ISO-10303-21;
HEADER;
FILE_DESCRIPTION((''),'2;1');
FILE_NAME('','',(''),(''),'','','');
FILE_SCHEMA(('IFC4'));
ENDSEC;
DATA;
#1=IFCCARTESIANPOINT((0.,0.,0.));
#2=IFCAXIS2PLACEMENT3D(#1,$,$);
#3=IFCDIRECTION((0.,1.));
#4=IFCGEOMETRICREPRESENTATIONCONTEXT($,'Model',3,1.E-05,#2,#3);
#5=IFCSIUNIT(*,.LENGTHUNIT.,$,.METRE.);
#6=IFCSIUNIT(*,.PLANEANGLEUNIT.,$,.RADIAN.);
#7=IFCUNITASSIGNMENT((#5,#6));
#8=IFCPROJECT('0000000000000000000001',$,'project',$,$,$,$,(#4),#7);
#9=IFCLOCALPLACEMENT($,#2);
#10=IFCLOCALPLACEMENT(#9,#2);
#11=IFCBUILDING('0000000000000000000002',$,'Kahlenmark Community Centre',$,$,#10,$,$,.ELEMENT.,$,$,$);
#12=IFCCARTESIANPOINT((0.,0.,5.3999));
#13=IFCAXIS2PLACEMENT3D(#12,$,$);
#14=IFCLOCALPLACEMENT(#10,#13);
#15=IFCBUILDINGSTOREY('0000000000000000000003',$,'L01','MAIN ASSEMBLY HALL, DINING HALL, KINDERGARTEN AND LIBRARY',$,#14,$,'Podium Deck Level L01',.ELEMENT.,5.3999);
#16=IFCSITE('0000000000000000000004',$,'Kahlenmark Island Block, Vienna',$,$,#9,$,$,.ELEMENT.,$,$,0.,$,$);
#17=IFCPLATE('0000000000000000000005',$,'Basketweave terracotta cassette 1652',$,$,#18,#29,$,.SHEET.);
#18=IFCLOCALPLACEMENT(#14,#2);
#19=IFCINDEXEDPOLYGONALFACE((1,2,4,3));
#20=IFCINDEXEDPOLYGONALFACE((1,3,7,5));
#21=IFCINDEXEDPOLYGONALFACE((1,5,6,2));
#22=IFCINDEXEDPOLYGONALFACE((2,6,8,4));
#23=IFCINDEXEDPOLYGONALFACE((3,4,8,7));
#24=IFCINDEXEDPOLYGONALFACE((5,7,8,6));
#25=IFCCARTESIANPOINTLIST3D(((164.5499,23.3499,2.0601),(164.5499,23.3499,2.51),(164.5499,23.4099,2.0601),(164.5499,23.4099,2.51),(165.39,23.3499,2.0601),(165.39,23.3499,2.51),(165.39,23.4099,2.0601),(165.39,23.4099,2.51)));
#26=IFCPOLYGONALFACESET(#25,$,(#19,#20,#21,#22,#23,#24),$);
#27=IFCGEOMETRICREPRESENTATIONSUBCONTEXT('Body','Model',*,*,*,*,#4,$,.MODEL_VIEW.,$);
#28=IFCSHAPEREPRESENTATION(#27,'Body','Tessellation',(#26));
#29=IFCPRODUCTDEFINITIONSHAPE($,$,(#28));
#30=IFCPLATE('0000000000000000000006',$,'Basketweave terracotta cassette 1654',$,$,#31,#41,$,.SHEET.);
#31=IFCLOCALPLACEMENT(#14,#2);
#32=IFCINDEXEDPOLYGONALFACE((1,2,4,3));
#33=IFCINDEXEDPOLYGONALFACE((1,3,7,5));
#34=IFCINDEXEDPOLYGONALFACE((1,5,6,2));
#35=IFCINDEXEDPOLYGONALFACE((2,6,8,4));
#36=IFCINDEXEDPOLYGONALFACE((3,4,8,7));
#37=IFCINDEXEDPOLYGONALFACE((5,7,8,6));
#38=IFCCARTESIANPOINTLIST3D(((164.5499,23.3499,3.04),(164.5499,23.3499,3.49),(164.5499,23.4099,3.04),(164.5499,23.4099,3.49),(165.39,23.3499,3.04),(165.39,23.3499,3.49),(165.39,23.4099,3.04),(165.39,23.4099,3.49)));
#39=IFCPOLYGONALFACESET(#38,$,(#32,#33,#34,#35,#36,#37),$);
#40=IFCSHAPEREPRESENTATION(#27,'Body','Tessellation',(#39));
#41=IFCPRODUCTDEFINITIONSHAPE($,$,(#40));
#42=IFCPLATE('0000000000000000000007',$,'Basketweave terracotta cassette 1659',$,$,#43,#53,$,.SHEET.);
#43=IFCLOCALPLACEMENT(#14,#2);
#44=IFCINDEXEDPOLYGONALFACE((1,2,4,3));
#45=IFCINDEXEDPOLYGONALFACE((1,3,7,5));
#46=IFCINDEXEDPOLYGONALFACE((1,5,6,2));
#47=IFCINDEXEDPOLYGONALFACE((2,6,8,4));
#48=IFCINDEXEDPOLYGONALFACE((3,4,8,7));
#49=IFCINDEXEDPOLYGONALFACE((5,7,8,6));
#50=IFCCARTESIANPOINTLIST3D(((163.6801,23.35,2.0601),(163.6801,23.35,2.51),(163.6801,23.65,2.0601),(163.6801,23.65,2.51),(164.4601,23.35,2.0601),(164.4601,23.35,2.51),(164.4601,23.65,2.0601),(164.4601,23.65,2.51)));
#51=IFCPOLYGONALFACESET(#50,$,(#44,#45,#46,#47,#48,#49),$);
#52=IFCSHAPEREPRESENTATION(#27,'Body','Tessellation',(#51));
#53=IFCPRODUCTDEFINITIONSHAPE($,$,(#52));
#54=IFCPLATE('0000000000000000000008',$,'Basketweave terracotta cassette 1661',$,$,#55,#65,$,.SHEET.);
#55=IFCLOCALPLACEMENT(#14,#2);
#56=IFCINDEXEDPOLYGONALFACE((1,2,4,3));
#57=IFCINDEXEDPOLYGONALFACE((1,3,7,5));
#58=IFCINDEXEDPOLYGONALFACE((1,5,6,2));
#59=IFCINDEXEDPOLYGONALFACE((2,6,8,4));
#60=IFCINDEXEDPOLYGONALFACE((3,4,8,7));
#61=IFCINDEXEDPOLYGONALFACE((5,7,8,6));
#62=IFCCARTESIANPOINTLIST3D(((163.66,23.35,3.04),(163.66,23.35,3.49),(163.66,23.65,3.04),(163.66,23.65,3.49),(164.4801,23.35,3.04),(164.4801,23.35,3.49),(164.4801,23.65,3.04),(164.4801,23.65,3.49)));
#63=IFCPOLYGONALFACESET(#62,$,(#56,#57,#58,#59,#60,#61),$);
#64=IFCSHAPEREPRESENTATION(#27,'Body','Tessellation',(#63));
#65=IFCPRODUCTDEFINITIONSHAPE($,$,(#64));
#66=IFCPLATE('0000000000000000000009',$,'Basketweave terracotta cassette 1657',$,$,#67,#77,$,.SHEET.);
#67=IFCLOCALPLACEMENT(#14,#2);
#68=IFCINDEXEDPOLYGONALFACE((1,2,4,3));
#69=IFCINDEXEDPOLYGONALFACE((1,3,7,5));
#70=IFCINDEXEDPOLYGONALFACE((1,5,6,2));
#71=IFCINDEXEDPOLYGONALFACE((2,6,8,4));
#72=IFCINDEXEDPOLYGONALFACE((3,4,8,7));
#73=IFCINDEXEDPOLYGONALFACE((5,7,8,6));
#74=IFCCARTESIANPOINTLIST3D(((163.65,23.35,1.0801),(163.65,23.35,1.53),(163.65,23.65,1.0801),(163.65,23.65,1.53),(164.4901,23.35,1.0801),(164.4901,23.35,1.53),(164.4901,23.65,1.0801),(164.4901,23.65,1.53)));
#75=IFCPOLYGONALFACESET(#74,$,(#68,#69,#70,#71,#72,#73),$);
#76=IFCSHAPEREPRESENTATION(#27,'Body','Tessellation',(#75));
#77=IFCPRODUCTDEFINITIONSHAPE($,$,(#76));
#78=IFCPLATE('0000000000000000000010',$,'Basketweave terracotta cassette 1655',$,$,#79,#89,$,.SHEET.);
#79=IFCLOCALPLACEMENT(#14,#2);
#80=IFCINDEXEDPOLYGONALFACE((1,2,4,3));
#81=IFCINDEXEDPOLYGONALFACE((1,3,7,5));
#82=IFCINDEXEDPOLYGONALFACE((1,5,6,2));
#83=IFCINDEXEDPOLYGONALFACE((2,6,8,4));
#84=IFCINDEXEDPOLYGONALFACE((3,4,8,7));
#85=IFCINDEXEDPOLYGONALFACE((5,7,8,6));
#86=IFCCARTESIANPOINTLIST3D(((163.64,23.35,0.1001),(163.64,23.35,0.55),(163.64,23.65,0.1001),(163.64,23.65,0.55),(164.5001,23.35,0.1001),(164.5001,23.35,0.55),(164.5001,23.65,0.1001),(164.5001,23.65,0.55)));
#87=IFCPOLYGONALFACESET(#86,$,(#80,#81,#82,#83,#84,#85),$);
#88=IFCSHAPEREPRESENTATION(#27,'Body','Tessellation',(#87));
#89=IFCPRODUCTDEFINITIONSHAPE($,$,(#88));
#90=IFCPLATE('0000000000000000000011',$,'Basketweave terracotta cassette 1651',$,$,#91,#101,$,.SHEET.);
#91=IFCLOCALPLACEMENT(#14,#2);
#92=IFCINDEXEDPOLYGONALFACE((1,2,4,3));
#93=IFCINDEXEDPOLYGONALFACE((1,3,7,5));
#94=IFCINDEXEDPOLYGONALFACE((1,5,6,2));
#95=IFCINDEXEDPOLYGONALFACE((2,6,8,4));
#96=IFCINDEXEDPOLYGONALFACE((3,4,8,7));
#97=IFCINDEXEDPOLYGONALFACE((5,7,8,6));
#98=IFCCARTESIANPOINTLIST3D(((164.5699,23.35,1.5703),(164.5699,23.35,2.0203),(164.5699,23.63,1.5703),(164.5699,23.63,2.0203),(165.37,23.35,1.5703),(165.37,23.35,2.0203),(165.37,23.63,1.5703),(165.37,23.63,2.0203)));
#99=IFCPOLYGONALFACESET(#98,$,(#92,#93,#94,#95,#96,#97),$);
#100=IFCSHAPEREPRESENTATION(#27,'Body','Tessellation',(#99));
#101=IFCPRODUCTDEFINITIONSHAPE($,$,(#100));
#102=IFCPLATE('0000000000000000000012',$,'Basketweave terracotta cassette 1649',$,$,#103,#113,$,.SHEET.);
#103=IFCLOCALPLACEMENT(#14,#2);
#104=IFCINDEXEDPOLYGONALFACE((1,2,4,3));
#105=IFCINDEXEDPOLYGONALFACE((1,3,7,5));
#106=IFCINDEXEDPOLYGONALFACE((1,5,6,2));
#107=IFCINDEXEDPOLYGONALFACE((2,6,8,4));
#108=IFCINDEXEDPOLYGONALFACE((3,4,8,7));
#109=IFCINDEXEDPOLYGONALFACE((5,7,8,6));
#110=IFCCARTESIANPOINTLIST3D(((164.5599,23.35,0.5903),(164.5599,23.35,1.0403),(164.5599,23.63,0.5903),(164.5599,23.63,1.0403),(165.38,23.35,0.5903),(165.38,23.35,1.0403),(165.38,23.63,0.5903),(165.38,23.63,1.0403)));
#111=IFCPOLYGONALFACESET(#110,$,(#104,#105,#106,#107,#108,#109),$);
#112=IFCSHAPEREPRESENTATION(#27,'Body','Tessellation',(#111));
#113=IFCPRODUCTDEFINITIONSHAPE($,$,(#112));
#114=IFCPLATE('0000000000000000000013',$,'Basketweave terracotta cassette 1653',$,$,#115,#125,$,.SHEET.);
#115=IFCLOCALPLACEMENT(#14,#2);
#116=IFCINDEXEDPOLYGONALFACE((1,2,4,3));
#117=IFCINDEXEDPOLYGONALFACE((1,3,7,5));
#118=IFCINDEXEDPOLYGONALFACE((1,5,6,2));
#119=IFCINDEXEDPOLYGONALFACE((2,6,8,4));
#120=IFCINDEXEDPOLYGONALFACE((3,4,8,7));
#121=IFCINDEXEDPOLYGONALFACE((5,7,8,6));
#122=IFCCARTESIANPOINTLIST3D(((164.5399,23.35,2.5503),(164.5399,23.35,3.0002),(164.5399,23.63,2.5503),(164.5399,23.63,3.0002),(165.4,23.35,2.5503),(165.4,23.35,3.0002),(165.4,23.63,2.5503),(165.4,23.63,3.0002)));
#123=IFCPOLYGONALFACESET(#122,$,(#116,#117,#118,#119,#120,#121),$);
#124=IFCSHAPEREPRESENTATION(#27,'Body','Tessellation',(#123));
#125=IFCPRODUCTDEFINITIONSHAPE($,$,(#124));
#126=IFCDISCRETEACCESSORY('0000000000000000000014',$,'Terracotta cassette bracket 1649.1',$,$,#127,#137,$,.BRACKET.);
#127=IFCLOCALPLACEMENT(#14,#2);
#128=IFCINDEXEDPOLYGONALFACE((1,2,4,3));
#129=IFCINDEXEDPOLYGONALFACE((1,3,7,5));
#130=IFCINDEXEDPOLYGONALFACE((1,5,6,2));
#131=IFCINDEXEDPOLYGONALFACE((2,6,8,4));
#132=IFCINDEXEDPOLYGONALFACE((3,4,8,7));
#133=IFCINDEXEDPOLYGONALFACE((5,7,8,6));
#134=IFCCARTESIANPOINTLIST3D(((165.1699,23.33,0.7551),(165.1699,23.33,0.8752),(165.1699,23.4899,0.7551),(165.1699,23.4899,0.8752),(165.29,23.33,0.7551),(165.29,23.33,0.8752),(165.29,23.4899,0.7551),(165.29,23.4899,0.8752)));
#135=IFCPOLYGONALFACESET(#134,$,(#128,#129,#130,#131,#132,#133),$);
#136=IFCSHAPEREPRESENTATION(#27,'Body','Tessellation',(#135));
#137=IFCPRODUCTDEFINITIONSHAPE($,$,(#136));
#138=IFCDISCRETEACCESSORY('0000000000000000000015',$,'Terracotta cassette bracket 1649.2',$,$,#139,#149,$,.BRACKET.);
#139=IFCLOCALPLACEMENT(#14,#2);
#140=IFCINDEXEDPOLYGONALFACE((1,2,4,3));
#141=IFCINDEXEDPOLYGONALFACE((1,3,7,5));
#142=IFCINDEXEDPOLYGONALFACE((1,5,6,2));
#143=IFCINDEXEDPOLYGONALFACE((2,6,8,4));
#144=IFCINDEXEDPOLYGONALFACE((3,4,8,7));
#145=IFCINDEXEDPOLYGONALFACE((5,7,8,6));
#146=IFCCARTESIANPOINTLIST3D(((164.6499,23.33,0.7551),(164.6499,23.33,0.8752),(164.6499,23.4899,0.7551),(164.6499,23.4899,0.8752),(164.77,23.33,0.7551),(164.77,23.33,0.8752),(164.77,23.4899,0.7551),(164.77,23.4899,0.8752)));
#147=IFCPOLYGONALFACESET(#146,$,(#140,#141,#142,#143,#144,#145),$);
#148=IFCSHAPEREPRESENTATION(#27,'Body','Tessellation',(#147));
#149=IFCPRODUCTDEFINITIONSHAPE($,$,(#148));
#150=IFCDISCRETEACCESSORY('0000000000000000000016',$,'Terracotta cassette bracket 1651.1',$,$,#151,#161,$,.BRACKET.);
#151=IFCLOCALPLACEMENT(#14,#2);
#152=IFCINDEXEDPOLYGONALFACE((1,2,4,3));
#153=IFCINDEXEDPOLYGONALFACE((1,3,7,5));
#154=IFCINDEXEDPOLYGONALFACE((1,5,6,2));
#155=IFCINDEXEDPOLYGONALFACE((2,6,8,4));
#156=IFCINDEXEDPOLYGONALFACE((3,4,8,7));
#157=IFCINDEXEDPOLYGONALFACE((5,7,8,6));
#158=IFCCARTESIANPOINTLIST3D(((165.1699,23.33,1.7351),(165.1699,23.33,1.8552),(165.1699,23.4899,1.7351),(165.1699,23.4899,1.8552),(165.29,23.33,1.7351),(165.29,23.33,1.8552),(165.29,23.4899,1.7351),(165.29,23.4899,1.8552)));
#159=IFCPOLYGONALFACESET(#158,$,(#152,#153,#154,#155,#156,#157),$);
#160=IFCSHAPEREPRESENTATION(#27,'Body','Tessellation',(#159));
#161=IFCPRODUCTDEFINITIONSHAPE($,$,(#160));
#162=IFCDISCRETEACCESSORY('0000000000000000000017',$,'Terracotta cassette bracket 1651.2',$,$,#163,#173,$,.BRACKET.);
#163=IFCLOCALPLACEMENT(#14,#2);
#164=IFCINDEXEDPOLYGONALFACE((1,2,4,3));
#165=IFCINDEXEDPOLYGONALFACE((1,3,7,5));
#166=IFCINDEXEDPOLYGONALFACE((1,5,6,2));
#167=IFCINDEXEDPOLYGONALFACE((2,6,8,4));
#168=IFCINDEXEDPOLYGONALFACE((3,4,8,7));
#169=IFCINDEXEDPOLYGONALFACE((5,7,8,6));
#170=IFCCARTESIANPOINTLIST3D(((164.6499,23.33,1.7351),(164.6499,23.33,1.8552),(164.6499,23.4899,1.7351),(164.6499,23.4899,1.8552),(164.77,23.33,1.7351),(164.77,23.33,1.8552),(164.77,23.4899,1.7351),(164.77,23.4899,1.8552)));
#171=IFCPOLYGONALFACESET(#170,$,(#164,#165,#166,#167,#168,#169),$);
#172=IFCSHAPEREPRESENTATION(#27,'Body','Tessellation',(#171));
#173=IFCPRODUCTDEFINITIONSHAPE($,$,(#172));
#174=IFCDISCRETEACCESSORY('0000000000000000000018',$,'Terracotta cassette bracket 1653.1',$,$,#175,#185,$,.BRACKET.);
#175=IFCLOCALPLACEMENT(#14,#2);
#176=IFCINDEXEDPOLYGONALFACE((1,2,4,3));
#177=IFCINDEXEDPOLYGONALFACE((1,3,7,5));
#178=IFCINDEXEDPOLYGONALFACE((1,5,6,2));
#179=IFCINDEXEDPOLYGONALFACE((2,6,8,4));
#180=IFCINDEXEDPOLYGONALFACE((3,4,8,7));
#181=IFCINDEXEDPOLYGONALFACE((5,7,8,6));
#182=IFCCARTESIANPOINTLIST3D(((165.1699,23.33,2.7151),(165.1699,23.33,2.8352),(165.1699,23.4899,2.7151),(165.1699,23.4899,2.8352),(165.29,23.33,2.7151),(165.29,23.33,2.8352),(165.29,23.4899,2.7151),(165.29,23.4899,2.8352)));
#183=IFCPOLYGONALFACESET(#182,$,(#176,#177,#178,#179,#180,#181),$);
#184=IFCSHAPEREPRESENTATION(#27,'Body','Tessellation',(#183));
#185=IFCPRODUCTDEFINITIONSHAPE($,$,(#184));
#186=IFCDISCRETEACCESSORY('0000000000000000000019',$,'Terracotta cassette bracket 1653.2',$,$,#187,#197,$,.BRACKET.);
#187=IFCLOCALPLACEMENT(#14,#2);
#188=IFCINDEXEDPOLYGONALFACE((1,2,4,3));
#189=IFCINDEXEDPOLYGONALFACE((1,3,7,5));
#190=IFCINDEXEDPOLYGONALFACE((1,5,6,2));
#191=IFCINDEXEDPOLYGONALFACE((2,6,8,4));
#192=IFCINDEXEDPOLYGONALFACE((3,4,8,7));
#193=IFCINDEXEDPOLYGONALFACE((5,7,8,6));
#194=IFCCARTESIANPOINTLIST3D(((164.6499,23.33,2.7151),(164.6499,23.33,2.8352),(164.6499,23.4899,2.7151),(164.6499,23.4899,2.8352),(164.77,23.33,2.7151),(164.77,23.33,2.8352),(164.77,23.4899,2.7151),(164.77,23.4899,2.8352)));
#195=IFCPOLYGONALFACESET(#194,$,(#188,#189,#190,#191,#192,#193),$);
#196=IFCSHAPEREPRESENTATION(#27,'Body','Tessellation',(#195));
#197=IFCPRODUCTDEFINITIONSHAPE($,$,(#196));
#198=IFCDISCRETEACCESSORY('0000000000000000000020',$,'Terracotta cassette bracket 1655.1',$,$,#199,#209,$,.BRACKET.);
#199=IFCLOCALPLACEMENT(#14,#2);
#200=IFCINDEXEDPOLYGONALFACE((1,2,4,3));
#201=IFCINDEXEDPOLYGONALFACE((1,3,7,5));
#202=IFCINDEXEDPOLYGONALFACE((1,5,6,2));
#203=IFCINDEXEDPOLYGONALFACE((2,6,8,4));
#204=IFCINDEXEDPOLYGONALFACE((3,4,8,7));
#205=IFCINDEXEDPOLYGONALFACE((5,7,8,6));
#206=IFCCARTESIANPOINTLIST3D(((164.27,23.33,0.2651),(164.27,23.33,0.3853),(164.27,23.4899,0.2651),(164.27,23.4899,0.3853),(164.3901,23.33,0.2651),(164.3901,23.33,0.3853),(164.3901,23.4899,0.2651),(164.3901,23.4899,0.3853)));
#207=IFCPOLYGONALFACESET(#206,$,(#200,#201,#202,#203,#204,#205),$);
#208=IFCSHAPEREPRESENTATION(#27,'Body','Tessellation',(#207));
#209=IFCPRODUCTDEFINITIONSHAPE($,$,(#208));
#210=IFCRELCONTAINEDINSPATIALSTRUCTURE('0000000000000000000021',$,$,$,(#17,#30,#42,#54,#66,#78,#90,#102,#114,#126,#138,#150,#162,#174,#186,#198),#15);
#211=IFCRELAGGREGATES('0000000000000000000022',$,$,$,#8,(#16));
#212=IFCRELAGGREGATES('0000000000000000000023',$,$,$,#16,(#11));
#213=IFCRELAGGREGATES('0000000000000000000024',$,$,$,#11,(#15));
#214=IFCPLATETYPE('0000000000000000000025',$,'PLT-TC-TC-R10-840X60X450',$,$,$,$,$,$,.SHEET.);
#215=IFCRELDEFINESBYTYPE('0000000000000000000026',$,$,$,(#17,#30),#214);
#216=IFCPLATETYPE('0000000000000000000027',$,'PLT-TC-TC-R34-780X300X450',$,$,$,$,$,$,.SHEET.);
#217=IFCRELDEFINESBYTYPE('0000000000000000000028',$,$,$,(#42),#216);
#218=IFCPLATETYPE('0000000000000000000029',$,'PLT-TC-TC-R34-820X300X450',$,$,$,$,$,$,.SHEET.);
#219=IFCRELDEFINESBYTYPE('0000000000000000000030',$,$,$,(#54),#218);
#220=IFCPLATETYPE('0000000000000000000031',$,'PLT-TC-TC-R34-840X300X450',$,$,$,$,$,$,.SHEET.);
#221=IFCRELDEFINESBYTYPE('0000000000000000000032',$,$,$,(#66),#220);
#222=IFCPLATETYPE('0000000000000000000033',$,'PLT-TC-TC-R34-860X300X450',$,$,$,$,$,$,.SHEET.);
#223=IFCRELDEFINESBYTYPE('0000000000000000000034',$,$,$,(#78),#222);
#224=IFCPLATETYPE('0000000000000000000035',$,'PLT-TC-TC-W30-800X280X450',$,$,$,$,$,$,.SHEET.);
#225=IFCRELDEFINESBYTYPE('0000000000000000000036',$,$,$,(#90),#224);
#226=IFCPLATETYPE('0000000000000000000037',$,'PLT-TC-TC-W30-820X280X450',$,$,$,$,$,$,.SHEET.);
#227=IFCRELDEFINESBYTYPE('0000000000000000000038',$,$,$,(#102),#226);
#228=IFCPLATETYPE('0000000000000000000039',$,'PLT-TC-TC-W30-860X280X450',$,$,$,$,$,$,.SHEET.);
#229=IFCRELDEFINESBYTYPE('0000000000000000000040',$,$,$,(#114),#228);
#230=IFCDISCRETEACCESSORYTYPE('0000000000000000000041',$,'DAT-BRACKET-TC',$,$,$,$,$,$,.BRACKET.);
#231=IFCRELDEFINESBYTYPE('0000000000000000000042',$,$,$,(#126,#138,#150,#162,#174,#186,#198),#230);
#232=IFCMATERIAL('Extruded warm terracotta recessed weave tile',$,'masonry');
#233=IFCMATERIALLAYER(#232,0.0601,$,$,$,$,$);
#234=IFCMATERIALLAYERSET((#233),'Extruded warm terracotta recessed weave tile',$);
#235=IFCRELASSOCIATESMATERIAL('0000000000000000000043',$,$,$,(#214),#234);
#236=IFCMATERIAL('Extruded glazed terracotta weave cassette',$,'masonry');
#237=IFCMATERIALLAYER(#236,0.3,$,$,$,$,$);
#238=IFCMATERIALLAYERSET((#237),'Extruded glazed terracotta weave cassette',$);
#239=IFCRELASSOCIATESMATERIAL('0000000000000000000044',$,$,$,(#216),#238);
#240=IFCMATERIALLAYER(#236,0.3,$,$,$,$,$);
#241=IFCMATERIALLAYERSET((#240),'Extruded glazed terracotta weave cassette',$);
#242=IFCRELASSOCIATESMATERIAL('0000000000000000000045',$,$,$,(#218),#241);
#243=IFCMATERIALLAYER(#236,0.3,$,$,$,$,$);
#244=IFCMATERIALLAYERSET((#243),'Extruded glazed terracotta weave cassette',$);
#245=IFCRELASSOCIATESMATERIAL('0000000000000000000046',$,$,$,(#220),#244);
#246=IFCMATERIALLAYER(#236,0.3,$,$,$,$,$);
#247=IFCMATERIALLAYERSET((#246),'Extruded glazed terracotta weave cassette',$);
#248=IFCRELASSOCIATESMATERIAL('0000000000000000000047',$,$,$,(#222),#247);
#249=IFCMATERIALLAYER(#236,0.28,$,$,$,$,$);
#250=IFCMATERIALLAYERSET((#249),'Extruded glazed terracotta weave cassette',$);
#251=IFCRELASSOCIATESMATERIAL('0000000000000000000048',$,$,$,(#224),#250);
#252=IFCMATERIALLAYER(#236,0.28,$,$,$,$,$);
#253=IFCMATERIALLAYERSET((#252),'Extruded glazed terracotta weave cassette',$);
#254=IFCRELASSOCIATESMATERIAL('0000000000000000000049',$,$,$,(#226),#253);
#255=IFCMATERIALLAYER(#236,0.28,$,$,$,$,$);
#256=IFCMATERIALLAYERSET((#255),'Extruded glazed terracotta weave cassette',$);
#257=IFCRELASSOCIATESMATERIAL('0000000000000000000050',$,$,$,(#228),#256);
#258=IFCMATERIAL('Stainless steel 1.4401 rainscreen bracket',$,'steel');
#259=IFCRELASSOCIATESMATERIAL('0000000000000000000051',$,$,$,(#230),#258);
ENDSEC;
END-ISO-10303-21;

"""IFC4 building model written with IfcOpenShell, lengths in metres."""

from ifc_helpers import new_model, si_unit, direction, frame, origin, origin_2d, place, context, subcontext, project, spatial, rectangle, extrude, material, layer, layer_set, type_object, element, save


model = new_model("IFC4")

# Units and contexts
model_context = context("Model", 3, precision=1e-05, world=origin(), true_north=direction((0.0, 1.0)))
body_context = subcontext(model_context, "Body", "Model", "MODEL_VIEW")
ifc_project = project(units=[si_unit("LENGTHUNIT", "METRE"), si_unit("PLANEANGLEUNIT", "RADIAN")], contexts=[model_context])

# Site, building, storey
site_placement = place(None, origin())
site = spatial("IfcSite", under=ifc_project, at=site_placement, Name="Kahlenmark Island Block, Vienna", CompositionType="ELEMENT", RefElevation=0.0)
building_placement = place(site_placement, origin())
building = spatial("IfcBuilding", under=site, at=building_placement, Name="Kahlenmark Community Centre", CompositionType="ELEMENT")
storey_placement = place(building_placement, frame((0.0, 0.0, 5.3999)))
storey = spatial("IfcBuildingStorey", under=building, at=storey_placement, Name="L01", Description="MAIN ASSEMBLY HALL, DINING HALL, KINDERGARTEN AND LIBRARY", LongName="Podium Deck Level L01", CompositionType="ELEMENT", Elevation=5.3999)

# Plates
ifc_material_1 = material(Name="Extruded warm terracotta recessed weave tile", Category="masonry")
ifc_layer_1 = layer(ifc_material_1, 0.0601)
ifc_layer_set_1 = layer_set([ifc_layer_1], Name="Extruded warm terracotta recessed weave tile")
plate_type_1 = type_object("IfcPlateType", Name="PLT-TC-TC-R10-840X60X450", PredefinedType="SHEET", material=ifc_layer_set_1)
for number, where, z_axis, x_axis, name in (
    (1, (164.97, 23.3799, 2.0601), (0.0, 0.0, 1.0), (-1.0, 0.0, 0.0), "Basketweave terracotta cassette 1652"),
    (2, (164.97, 23.3799, 3.04), (0.0, 0.0, 1.0), (-1.0, 0.0, 0.0), "Basketweave terracotta cassette 1654"),
):
    element("IfcPlate", number, at=place(storey_placement, frame(where, z_axis=z_axis, x_axis=x_axis)), inside=storey, type_object=plate_type_1, Name=name, PredefinedType="SHEET", context=body_context, shape_type="SweptSolid", body=[
        extrude(rectangle(XDim=0.8401, YDim=0.0601, at=origin_2d()), origin(), (0.0, 0.0, 1.0), 0.45),
    ])
ifc_material_2 = material(Name="Extruded glazed terracotta weave cassette", Category="masonry")
ifc_layer_2 = layer(ifc_material_2, 0.3)
ifc_layer_set_2 = layer_set([ifc_layer_2], Name="Extruded glazed terracotta weave cassette")
plate_type_2 = type_object("IfcPlateType", Name="PLT-TC-TC-R34-780X300X450", PredefinedType="SHEET", material=ifc_layer_set_2)
plate_1_placement = place(storey_placement, frame((164.0701, 23.5, 2.0601), z_axis=(0.0, 0.0, 1.0), x_axis=(-1.0, 0.0, 0.0)))
element("IfcPlate", 3, at=plate_1_placement, inside=storey, type_object=plate_type_2, Name="Basketweave terracotta cassette 1659", PredefinedType="SHEET", context=body_context, shape_type="SweptSolid", body=[
    extrude(rectangle(XDim=0.78, YDim=0.3, at=origin_2d()), origin(), (0.0, 0.0, 1.0), 0.45),
])
ifc_layer_3 = layer(ifc_material_2, 0.3)
ifc_layer_set_3 = layer_set([ifc_layer_3], Name="Extruded glazed terracotta weave cassette")
plate_type_3 = type_object("IfcPlateType", Name="PLT-TC-TC-R34-820X300X450", PredefinedType="SHEET", material=ifc_layer_set_3)
plate_2_placement = place(storey_placement, frame((164.0701, 23.5, 3.04), z_axis=(0.0, 0.0, 1.0), x_axis=(-1.0, 0.0, 0.0)))
element("IfcPlate", 4, at=plate_2_placement, inside=storey, type_object=plate_type_3, Name="Basketweave terracotta cassette 1661", PredefinedType="SHEET", context=body_context, shape_type="SweptSolid", body=[
    extrude(rectangle(XDim=0.8201, YDim=0.3, at=origin_2d()), origin(), (0.0, 0.0, 1.0), 0.45),
])
ifc_layer_4 = layer(ifc_material_2, 0.3)
ifc_layer_set_4 = layer_set([ifc_layer_4], Name="Extruded glazed terracotta weave cassette")
plate_type_4 = type_object("IfcPlateType", Name="PLT-TC-TC-R34-840X300X450", PredefinedType="SHEET", material=ifc_layer_set_4)
plate_3_placement = place(storey_placement, frame((164.0701, 23.5, 1.0801), z_axis=(0.0, 0.0, 1.0), x_axis=(-1.0, 0.0, 0.0)))
element("IfcPlate", 5, at=plate_3_placement, inside=storey, type_object=plate_type_4, Name="Basketweave terracotta cassette 1657", PredefinedType="SHEET", context=body_context, shape_type="SweptSolid", body=[
    extrude(rectangle(XDim=0.8401, YDim=0.3, at=origin_2d()), origin(), (0.0, 0.0, 1.0), 0.45),
])
ifc_layer_5 = layer(ifc_material_2, 0.3)
ifc_layer_set_5 = layer_set([ifc_layer_5], Name="Extruded glazed terracotta weave cassette")
plate_type_5 = type_object("IfcPlateType", Name="PLT-TC-TC-R34-860X300X450", PredefinedType="SHEET", material=ifc_layer_set_5)
plate_4_placement = place(storey_placement, frame((164.0701, 23.5, 0.1001), z_axis=(0.0, 0.0, 1.0), x_axis=(-1.0, 0.0, 0.0)))
element("IfcPlate", 6, at=plate_4_placement, inside=storey, type_object=plate_type_5, Name="Basketweave terracotta cassette 1655", PredefinedType="SHEET", context=body_context, shape_type="SweptSolid", body=[
    extrude(rectangle(XDim=0.8601, YDim=0.3, at=origin_2d()), origin(), (0.0, 0.0, 1.0), 0.45),
])
ifc_layer_6 = layer(ifc_material_2, 0.28)
ifc_layer_set_6 = layer_set([ifc_layer_6], Name="Extruded glazed terracotta weave cassette")
plate_type_6 = type_object("IfcPlateType", Name="PLT-TC-TC-W30-800X280X450", PredefinedType="SHEET", material=ifc_layer_set_6)
plate_5_placement = place(storey_placement, frame((164.97, 23.49, 1.5703), z_axis=(0.0, 0.0, 1.0), x_axis=(-1.0, 0.0, 0.0)))
element("IfcPlate", 7, at=plate_5_placement, inside=storey, type_object=plate_type_6, Name="Basketweave terracotta cassette 1651", PredefinedType="SHEET", context=body_context, shape_type="SweptSolid", body=[
    extrude(rectangle(XDim=0.8, YDim=0.28, at=origin_2d()), origin(), (0.0, 0.0, 1.0), 0.45),
])
ifc_layer_7 = layer(ifc_material_2, 0.28)
ifc_layer_set_7 = layer_set([ifc_layer_7], Name="Extruded glazed terracotta weave cassette")
plate_type_7 = type_object("IfcPlateType", Name="PLT-TC-TC-W30-820X280X450", PredefinedType="SHEET", material=ifc_layer_set_7)
plate_6_placement = place(storey_placement, frame((164.97, 23.49, 0.5903), z_axis=(0.0, 0.0, 1.0), x_axis=(-1.0, 0.0, 0.0)))
element("IfcPlate", 8, at=plate_6_placement, inside=storey, type_object=plate_type_7, Name="Basketweave terracotta cassette 1649", PredefinedType="SHEET", context=body_context, shape_type="SweptSolid", body=[
    extrude(rectangle(XDim=0.8201, YDim=0.28, at=origin_2d()), origin(), (0.0, 0.0, 1.0), 0.45),
])
ifc_layer_8 = layer(ifc_material_2, 0.28)
ifc_layer_set_8 = layer_set([ifc_layer_8], Name="Extruded glazed terracotta weave cassette")
plate_type_8 = type_object("IfcPlateType", Name="PLT-TC-TC-W30-860X280X450", PredefinedType="SHEET", material=ifc_layer_set_8)
plate_7_placement = place(storey_placement, frame((164.97, 23.49, 2.5503), z_axis=(0.0, 0.0, 1.0), x_axis=(-1.0, 0.0, 0.0)))
element("IfcPlate", 9, at=plate_7_placement, inside=storey, type_object=plate_type_8, Name="Basketweave terracotta cassette 1653", PredefinedType="SHEET", context=body_context, shape_type="SweptSolid", body=[
    extrude(rectangle(XDim=0.8601, YDim=0.28, at=origin_2d()), origin(), (0.0, 0.0, 1.0), 0.45),
])

# Discrete accessories
ifc_material_3 = material(Name="Stainless steel 1.4401 rainscreen bracket", Category="steel")
discrete_accessory_type = type_object("IfcDiscreteAccessoryType", Name="DAT-BRACKET-TC", PredefinedType="BRACKET", material=ifc_material_3)
for number, where, z_axis, x_axis, name in (
    (10, (165.23, 23.4099, 0.7551), (0.0, 0.0, 1.0), (-1.0, 0.0, 0.0), "Terracotta cassette bracket 1649.1"),
    (11, (164.71, 23.4099, 0.7551), (0.0, 0.0, 1.0), (-1.0, 0.0, 0.0), "Terracotta cassette bracket 1649.2"),
    (12, (165.23, 23.4099, 1.7351), (0.0, 0.0, 1.0), (-1.0, 0.0, 0.0), "Terracotta cassette bracket 1651.1"),
    (13, (164.71, 23.4099, 1.7351), (0.0, 0.0, 1.0), (-1.0, 0.0, 0.0), "Terracotta cassette bracket 1651.2"),
    (14, (165.23, 23.4099, 2.7151), (0.0, 0.0, 1.0), (-1.0, 0.0, 0.0), "Terracotta cassette bracket 1653.1"),
    (15, (164.71, 23.4099, 2.7151), (0.0, 0.0, 1.0), (-1.0, 0.0, 0.0), "Terracotta cassette bracket 1653.2"),
    (16, (164.3301, 23.4099, 0.2651), (0.0, 0.0, 1.0), (-1.0, 0.0, 0.0), "Terracotta cassette bracket 1655.1"),
):
    element("IfcDiscreteAccessory", number, at=place(storey_placement, frame(where, z_axis=z_axis, x_axis=x_axis)), inside=storey, type_object=discrete_accessory_type, Name=name, PredefinedType="BRACKET", context=body_context, shape_type="SweptSolid", body=[
        extrude(rectangle(XDim=0.1201, YDim=0.1599, at=origin_2d()), origin(), (0.0, 0.0, 1.0), 0.1201),
    ])

save(model, "model.ifc")
